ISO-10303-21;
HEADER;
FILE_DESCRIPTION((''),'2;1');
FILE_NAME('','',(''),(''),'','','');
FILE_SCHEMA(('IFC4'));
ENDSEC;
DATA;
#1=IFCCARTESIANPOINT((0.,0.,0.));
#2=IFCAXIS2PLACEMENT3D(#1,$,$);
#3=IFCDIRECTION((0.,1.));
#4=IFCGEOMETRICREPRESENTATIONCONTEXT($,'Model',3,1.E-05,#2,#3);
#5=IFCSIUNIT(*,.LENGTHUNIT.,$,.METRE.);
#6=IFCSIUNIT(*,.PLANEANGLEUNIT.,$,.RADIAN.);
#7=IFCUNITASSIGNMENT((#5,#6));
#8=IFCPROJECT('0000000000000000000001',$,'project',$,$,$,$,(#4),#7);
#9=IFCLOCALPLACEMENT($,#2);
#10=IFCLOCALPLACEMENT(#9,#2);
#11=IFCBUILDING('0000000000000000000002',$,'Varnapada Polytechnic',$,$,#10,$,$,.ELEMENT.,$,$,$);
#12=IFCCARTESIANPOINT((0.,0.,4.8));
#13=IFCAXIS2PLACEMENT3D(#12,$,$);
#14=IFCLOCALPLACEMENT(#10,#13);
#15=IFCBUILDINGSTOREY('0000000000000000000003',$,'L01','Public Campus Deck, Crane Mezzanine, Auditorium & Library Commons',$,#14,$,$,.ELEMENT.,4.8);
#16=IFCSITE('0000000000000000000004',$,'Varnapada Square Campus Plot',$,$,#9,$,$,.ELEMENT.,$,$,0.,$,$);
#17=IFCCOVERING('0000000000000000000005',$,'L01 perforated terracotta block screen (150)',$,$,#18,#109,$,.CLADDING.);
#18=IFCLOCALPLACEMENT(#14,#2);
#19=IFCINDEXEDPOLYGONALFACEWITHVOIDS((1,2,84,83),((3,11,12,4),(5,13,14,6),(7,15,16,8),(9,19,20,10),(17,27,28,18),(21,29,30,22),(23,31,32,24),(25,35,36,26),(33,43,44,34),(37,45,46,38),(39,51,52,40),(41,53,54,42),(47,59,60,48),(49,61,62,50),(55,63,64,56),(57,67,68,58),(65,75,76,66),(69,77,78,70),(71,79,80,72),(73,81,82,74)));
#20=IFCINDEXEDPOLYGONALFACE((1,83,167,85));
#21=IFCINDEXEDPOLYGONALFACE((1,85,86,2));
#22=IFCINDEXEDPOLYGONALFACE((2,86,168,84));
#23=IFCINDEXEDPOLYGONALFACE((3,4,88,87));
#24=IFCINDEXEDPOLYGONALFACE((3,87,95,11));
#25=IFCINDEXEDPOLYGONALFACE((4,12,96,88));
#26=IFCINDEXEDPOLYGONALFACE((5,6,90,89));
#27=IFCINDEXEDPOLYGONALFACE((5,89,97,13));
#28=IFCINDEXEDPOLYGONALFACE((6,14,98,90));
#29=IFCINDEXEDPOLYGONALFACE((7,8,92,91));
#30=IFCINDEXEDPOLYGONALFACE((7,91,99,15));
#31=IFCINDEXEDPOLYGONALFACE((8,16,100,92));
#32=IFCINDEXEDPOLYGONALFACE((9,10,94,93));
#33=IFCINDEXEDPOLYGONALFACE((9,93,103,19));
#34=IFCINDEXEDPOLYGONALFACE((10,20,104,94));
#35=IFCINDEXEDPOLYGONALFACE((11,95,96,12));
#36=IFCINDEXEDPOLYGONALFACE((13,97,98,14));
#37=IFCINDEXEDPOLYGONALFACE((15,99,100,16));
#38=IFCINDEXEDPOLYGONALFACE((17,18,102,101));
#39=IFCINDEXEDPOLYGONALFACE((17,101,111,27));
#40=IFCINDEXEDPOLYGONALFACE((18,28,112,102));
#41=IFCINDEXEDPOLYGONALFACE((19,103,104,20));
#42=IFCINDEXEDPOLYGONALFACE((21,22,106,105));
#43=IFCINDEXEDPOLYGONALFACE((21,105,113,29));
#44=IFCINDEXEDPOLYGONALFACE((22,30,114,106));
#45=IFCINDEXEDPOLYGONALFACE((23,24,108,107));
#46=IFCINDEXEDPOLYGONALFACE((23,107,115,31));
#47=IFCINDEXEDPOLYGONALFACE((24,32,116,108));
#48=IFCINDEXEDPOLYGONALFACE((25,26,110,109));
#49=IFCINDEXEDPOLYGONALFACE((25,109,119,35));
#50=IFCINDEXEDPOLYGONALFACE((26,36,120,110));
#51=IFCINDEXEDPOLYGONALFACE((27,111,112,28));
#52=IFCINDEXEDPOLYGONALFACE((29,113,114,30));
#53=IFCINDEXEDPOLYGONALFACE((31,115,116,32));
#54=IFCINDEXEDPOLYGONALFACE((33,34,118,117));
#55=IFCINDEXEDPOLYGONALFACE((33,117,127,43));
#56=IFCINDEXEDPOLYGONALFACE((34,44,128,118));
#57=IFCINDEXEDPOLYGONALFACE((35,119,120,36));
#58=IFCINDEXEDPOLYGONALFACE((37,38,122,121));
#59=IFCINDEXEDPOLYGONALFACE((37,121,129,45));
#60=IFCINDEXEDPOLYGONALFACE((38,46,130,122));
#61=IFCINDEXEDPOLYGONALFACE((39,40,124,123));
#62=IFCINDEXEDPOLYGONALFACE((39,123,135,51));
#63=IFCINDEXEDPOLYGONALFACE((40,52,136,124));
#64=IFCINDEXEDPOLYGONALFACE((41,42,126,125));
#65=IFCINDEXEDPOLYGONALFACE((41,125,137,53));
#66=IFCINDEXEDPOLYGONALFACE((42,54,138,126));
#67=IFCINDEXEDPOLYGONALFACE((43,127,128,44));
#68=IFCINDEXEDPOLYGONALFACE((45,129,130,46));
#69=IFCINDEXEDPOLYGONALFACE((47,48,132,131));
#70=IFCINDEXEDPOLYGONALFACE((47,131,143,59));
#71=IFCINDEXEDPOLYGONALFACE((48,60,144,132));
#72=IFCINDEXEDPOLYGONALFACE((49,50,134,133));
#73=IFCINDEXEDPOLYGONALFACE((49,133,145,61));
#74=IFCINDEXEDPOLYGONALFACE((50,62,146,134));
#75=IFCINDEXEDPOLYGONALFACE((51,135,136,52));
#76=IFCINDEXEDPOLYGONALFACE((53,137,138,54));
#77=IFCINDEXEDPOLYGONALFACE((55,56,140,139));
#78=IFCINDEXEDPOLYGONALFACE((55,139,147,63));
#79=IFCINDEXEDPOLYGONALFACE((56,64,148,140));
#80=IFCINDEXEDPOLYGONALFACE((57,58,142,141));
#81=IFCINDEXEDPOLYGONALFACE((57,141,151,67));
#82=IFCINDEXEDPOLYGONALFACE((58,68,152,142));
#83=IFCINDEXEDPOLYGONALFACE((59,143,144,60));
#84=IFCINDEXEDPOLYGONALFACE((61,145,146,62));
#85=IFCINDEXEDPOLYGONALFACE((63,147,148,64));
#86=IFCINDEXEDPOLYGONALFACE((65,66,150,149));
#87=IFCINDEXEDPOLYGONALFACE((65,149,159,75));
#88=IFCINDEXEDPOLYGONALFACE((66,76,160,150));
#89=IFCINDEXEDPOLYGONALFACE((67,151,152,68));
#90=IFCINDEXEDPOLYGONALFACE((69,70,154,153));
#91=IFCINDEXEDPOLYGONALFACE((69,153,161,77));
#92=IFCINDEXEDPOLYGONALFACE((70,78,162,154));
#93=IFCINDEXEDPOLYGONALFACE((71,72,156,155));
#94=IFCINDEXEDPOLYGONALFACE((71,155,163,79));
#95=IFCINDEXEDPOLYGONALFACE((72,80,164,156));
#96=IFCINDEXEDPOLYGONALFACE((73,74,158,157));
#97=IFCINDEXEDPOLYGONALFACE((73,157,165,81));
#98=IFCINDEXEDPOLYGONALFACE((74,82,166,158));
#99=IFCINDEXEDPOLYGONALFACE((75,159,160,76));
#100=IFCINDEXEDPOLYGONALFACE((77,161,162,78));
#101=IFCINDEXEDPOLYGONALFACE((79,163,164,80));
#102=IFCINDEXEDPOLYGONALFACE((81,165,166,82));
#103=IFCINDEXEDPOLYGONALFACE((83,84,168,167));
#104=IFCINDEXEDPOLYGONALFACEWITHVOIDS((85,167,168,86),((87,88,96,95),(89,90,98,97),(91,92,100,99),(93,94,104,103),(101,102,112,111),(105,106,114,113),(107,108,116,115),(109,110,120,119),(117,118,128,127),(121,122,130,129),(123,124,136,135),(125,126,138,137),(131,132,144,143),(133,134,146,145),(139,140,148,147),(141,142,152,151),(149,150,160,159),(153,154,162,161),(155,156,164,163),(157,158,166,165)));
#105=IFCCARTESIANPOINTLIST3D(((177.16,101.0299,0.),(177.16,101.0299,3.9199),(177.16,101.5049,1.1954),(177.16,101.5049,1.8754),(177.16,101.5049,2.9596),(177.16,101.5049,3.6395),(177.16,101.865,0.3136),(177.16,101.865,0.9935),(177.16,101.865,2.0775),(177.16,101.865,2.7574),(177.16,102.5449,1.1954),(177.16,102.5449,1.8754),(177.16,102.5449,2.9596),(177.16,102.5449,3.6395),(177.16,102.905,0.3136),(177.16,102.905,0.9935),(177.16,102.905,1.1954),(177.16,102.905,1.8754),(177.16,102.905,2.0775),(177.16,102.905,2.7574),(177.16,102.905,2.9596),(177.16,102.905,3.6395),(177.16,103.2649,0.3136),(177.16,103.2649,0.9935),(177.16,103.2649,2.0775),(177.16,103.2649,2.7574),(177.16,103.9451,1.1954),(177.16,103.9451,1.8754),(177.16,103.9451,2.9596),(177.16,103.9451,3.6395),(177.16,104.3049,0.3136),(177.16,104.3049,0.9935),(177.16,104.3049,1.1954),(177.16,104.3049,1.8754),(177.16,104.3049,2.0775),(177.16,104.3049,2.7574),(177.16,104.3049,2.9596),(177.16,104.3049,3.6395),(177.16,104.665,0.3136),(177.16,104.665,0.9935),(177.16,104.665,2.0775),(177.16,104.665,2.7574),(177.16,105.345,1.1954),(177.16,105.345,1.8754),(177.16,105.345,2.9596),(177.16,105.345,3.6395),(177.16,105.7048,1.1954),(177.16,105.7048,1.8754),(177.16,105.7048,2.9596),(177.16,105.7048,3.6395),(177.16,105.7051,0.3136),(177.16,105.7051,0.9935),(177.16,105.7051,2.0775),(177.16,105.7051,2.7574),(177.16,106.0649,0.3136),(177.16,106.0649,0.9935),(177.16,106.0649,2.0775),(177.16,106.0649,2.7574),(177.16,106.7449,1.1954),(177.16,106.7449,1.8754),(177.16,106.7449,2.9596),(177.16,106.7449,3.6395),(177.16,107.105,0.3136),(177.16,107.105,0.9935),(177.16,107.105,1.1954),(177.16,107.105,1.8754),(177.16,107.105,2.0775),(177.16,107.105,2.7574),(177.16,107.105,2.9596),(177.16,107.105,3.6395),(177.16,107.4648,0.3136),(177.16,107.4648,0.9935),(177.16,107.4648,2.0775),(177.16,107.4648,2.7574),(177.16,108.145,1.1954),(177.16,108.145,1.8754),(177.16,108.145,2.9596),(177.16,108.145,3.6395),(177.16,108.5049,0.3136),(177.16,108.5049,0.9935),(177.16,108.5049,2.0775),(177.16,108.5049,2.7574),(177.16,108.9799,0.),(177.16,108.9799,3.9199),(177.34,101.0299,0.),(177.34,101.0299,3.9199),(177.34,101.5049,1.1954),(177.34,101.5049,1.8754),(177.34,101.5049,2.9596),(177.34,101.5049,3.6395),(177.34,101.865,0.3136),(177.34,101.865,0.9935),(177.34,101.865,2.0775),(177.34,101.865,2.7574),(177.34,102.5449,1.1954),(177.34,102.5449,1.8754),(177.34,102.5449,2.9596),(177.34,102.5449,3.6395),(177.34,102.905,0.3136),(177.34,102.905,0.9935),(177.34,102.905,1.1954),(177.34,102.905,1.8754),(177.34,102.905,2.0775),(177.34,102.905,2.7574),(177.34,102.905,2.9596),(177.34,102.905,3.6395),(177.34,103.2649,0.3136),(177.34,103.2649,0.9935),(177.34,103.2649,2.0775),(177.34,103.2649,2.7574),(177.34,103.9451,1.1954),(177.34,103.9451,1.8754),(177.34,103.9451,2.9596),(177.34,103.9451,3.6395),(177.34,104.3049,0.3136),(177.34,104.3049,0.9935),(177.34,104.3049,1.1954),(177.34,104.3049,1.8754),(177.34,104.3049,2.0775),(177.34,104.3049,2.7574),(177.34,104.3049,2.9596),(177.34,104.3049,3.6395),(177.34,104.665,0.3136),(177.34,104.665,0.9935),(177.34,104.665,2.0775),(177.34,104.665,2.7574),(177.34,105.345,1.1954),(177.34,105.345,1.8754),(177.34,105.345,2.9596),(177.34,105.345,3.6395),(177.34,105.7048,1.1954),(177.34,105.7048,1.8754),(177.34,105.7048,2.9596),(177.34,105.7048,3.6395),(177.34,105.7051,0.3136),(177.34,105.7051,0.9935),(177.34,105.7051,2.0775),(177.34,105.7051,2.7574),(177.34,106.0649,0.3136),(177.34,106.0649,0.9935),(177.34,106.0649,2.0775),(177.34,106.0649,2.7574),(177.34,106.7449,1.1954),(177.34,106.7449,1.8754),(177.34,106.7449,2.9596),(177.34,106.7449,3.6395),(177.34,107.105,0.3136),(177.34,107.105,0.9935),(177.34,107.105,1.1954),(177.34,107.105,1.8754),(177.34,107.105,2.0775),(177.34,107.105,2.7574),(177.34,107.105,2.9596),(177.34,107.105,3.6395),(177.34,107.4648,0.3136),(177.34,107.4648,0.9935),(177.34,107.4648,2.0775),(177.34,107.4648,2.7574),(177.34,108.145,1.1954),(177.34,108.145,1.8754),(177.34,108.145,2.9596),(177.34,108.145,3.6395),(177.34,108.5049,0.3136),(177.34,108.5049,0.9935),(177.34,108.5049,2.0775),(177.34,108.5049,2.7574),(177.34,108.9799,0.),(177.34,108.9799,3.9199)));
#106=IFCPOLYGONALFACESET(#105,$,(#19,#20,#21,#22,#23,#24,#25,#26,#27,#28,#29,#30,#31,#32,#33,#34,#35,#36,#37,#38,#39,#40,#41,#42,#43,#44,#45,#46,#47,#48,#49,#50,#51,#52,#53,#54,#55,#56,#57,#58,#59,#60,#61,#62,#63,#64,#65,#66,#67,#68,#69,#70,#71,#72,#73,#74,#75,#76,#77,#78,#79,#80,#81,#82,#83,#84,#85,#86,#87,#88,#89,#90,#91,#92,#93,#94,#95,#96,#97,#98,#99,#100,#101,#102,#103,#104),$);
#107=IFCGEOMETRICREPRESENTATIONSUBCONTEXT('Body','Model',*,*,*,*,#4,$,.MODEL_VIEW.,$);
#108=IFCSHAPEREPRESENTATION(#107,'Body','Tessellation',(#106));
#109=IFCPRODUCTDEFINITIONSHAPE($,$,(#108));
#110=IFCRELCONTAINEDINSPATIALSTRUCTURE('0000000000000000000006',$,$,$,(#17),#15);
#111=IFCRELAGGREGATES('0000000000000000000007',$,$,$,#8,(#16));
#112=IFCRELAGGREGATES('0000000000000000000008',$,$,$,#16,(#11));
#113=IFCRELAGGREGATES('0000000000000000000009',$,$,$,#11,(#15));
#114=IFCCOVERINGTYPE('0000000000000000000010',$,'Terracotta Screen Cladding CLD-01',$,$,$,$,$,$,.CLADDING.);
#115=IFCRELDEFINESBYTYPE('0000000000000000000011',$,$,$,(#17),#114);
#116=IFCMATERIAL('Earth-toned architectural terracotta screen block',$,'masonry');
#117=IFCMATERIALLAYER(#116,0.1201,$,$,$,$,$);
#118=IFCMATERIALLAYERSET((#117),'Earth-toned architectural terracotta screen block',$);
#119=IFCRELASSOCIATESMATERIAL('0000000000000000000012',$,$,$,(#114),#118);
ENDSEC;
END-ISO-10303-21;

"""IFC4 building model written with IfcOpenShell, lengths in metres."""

from ifc_helpers import new_model, si_unit, direction, frame, frame_2d, origin, place, context, subcontext, project, spatial, rectangle, extrude, material, layer, layer_set, type_object, element, save


model = new_model("IFC4")

# Units and contexts
model_context = context("Model", 3, precision=1e-05, world=origin(), true_north=direction((0.0, 1.0)))
body_context = subcontext(model_context, "Body", "Model", "MODEL_VIEW")
ifc_project = project(units=[si_unit("LENGTHUNIT", "METRE"), si_unit("PLANEANGLEUNIT", "RADIAN")], contexts=[model_context])

# Site, building, storey
site_placement = place(None, origin())
site = spatial("IfcSite", under=ifc_project, at=site_placement, Name="Varnapada Square Campus Plot", CompositionType="ELEMENT", RefElevation=0.0)
building_placement = place(site_placement, origin())
building = spatial("IfcBuilding", under=site, at=building_placement, Name="Varnapada Polytechnic", CompositionType="ELEMENT")
storey_placement = place(building_placement, frame((0.0, 0.0, 4.8)))
storey = spatial("IfcBuildingStorey", under=building, at=storey_placement, Name="L01", Description="Public Campus Deck, Crane Mezzanine, Auditorium & Library Commons", CompositionType="ELEMENT", Elevation=4.8)

# Covering, openings
ifc_material_1 = material(Name="Earth-toned architectural terracotta screen block", Category="masonry")
ifc_layer_1 = layer(ifc_material_1, 0.1201)
ifc_layer_set_1 = layer_set([ifc_layer_1], Name="Earth-toned architectural terracotta screen block")
covering_type = type_object("IfcCoveringType", Name="Terracotta Screen Cladding CLD-01", PredefinedType="CLADDING", material=ifc_layer_set_1)
covering_placement = place(storey_placement, frame((177.25, 108.98, 0.0), z_axis=(0.0, 0.0, 1.0), x_axis=(0.0, -1.0, 0.0)))
covering = element("IfcCovering", 1, at=covering_placement, inside=storey, type_object=covering_type, Name="L01 perforated terracotta block screen (150)", PredefinedType="CLADDING", context=body_context, shape_type="SweptSolid", body=[
    extrude(rectangle(XDim=7.95, YDim=0.1799, at=frame_2d((3.9751, 0.0))), origin(), (0.0, 0.0, 1.0), 3.9199),
])
opening_1_placement = place(covering_placement, frame((0.4751, 0.0, 0.3137)))
element("IfcOpeningElement", 2, at=opening_1_placement, cuts=covering, PredefinedType="OPENING", context=body_context, shape_type="SweptSolid", body=[
    extrude(rectangle(XDim=1.04, YDim=0.6799, at=frame_2d((0.52, 0.3398))), frame((0.0, 0.0999, 0.0), z_axis=(0.0, -1.0, 0.0), x_axis=(1.0, 0.0, 0.0)), (0.0, 0.0, 1.0), 0.2),
])
opening_2_placement = place(covering_placement, frame((1.875, 0.0, 0.3137)))
element("IfcOpeningElement", 3, at=opening_2_placement, cuts=covering, PredefinedType="OPENING", context=body_context, shape_type="SweptSolid", body=[
    extrude(rectangle(XDim=1.04, YDim=0.6799, at=frame_2d((0.52, 0.3398))), frame((0.0, 0.0999, 0.0), z_axis=(0.0, -1.0, 0.0), x_axis=(1.0, 0.0, 0.0)), (0.0, 0.0, 1.0), 0.2),
])
opening_3_placement = place(covering_placement, frame((3.2749, 0.0, 0.3137)))
element("IfcOpeningElement", 4, at=opening_3_placement, cuts=covering, PredefinedType="OPENING", context=body_context, shape_type="SweptSolid", body=[
    extrude(rectangle(XDim=1.04, YDim=0.6799, at=frame_2d((0.52, 0.3398))), frame((0.0, 0.0999, 0.0), z_axis=(0.0, -1.0, 0.0), x_axis=(1.0, 0.0, 0.0)), (0.0, 0.0, 1.0), 0.2),
])
opening_4_placement = place(covering_placement, frame((4.675, 0.0, 0.3137)))
element("IfcOpeningElement", 5, at=opening_4_placement, cuts=covering, PredefinedType="OPENING", context=body_context, shape_type="SweptSolid", body=[
    extrude(rectangle(XDim=1.04, YDim=0.6799, at=frame_2d((0.52, 0.3398))), frame((0.0, 0.0999, 0.0), z_axis=(0.0, -1.0, 0.0), x_axis=(1.0, 0.0, 0.0)), (0.0, 0.0, 1.0), 0.2),
])
opening_5_placement = place(covering_placement, frame((6.075, 0.0, 0.3137)))
element("IfcOpeningElement", 6, at=opening_5_placement, cuts=covering, PredefinedType="OPENING", context=body_context, shape_type="SweptSolid", body=[
    extrude(rectangle(XDim=1.04, YDim=0.6799, at=frame_2d((0.52, 0.3398))), frame((0.0, 0.0999, 0.0), z_axis=(0.0, -1.0, 0.0), x_axis=(1.0, 0.0, 0.0)), (0.0, 0.0, 1.0), 0.2),
])
opening_6_placement = place(covering_placement, frame((0.835, 0.0, 1.1956)))
element("IfcOpeningElement", 7, at=opening_6_placement, cuts=covering, PredefinedType="OPENING", context=body_context, shape_type="SweptSolid", body=[
    extrude(rectangle(XDim=1.04, YDim=0.6799, at=frame_2d((0.52, 0.3398))), frame((0.0, 0.0999, 0.0), z_axis=(0.0, -1.0, 0.0), x_axis=(1.0, 0.0, 0.0)), (0.0, 0.0, 1.0), 0.2),
])
opening_7_placement = place(covering_placement, frame((2.2351, 0.0, 1.1956)))
element("IfcOpeningElement", 8, at=opening_7_placement, cuts=covering, PredefinedType="OPENING", context=body_context, shape_type="SweptSolid", body=[
    extrude(rectangle(XDim=1.04, YDim=0.6799, at=frame_2d((0.52, 0.3398))), frame((0.0, 0.0999, 0.0), z_axis=(0.0, -1.0, 0.0), x_axis=(1.0, 0.0, 0.0)), (0.0, 0.0, 1.0), 0.2),
])
opening_8_placement = place(covering_placement, frame((3.635, 0.0, 1.1956)))
element("IfcOpeningElement", 9, at=opening_8_placement, cuts=covering, PredefinedType="OPENING", context=body_context, shape_type="SweptSolid", body=[
    extrude(rectangle(XDim=1.04, YDim=0.6799, at=frame_2d((0.52, 0.3398))), frame((0.0, 0.0999, 0.0), z_axis=(0.0, -1.0, 0.0), x_axis=(1.0, 0.0, 0.0)), (0.0, 0.0, 1.0), 0.2),
])
opening_9_placement = place(covering_placement, frame((5.0349, 0.0, 1.1956)))
element("IfcOpeningElement", 10, at=opening_9_placement, cuts=covering, PredefinedType="OPENING", context=body_context, shape_type="SweptSolid", body=[
    extrude(rectangle(XDim=1.04, YDim=0.6799, at=frame_2d((0.52, 0.3398))), frame((0.0, 0.0999, 0.0), z_axis=(0.0, -1.0, 0.0), x_axis=(1.0, 0.0, 0.0)), (0.0, 0.0, 1.0), 0.2),
])
opening_10_placement = place(covering_placement, frame((6.4351, 0.0, 1.1956)))
element("IfcOpeningElement", 11, at=opening_10_placement, cuts=covering, PredefinedType="OPENING", context=body_context, shape_type="SweptSolid", body=[
    extrude(rectangle(XDim=1.04, YDim=0.6799, at=frame_2d((0.52, 0.3398))), frame((0.0, 0.0999, 0.0), z_axis=(0.0, -1.0, 0.0), x_axis=(1.0, 0.0, 0.0)), (0.0, 0.0, 1.0), 0.2),
])
opening_11_placement = place(covering_placement, frame((0.4751, 0.0, 2.0776)))
element("IfcOpeningElement", 12, at=opening_11_placement, cuts=covering, PredefinedType="OPENING", context=body_context, shape_type="SweptSolid", body=[
    extrude(rectangle(XDim=1.04, YDim=0.6799, at=frame_2d((0.52, 0.3398))), frame((0.0, 0.0999, 0.0), z_axis=(0.0, -1.0, 0.0), x_axis=(1.0, 0.0, 0.0)), (0.0, 0.0, 1.0), 0.2),
])
opening_12_placement = place(covering_placement, frame((1.875, 0.0, 2.0776)))
element("IfcOpeningElement", 13, at=opening_12_placement, cuts=covering, PredefinedType="OPENING", context=body_context, shape_type="SweptSolid", body=[
    extrude(rectangle(XDim=1.04, YDim=0.6799, at=frame_2d((0.52, 0.3398))), frame((0.0, 0.0999, 0.0), z_axis=(0.0, -1.0, 0.0), x_axis=(1.0, 0.0, 0.0)), (0.0, 0.0, 1.0), 0.2),
])
opening_13_placement = place(covering_placement, frame((3.2749, 0.0, 2.0776)))
element("IfcOpeningElement", 14, at=opening_13_placement, cuts=covering, PredefinedType="OPENING", context=body_context, shape_type="SweptSolid", body=[
    extrude(rectangle(XDim=1.04, YDim=0.6799, at=frame_2d((0.52, 0.3398))), frame((0.0, 0.0999, 0.0), z_axis=(0.0, -1.0, 0.0), x_axis=(1.0, 0.0, 0.0)), (0.0, 0.0, 1.0), 0.2),
])
opening_14_placement = place(covering_placement, frame((4.675, 0.0, 2.0776)))
element("IfcOpeningElement", 15, at=opening_14_placement, cuts=covering, PredefinedType="OPENING", context=body_context, shape_type="SweptSolid", body=[
    extrude(rectangle(XDim=1.04, YDim=0.6799, at=frame_2d((0.52, 0.3398))), frame((0.0, 0.0999, 0.0), z_axis=(0.0, -1.0, 0.0), x_axis=(1.0, 0.0, 0.0)), (0.0, 0.0, 1.0), 0.2),
])
opening_15_placement = place(covering_placement, frame((6.075, 0.0, 2.0776)))
element("IfcOpeningElement", 16, at=opening_15_placement, cuts=covering, PredefinedType="OPENING", context=body_context, shape_type="SweptSolid", body=[
    extrude(rectangle(XDim=1.04, YDim=0.6799, at=frame_2d((0.52, 0.3398))), frame((0.0, 0.0999, 0.0), z_axis=(0.0, -1.0, 0.0), x_axis=(1.0, 0.0, 0.0)), (0.0, 0.0, 1.0), 0.2),
])
opening_16_placement = place(covering_placement, frame((0.835, 0.0, 2.9597)))
element("IfcOpeningElement", 17, at=opening_16_placement, cuts=covering, PredefinedType="OPENING", context=body_context, shape_type="SweptSolid", body=[
    extrude(rectangle(XDim=1.04, YDim=0.6799, at=frame_2d((0.52, 0.3398))), frame((0.0, 0.0999, 0.0), z_axis=(0.0, -1.0, 0.0), x_axis=(1.0, 0.0, 0.0)), (0.0, 0.0, 1.0), 0.2),
])
opening_17_placement = place(covering_placement, frame((2.2351, 0.0, 2.9597)))
element("IfcOpeningElement", 18, at=opening_17_placement, cuts=covering, PredefinedType="OPENING", context=body_context, shape_type="SweptSolid", body=[
    extrude(rectangle(XDim=1.04, YDim=0.6799, at=frame_2d((0.52, 0.3398))), frame((0.0, 0.0999, 0.0), z_axis=(0.0, -1.0, 0.0), x_axis=(1.0, 0.0, 0.0)), (0.0, 0.0, 1.0), 0.2),
])
opening_18_placement = place(covering_placement, frame((3.635, 0.0, 2.9597)))
element("IfcOpeningElement", 19, at=opening_18_placement, cuts=covering, PredefinedType="OPENING", context=body_context, shape_type="SweptSolid", body=[
    extrude(rectangle(XDim=1.04, YDim=0.6799, at=frame_2d((0.52, 0.3398))), frame((0.0, 0.0999, 0.0), z_axis=(0.0, -1.0, 0.0), x_axis=(1.0, 0.0, 0.0)), (0.0, 0.0, 1.0), 0.2),
])
opening_19_placement = place(covering_placement, frame((5.0349, 0.0, 2.9597)))
element("IfcOpeningElement", 20, at=opening_19_placement, cuts=covering, PredefinedType="OPENING", context=body_context, shape_type="SweptSolid", body=[
    extrude(rectangle(XDim=1.04, YDim=0.6799, at=frame_2d((0.52, 0.3398))), frame((0.0, 0.0999, 0.0), z_axis=(0.0, -1.0, 0.0), x_axis=(1.0, 0.0, 0.0)), (0.0, 0.0, 1.0), 0.2),
])
opening_20_placement = place(covering_placement, frame((6.4351, 0.0, 2.9597)))
element("IfcOpeningElement", 21, at=opening_20_placement, cuts=covering, PredefinedType="OPENING", context=body_context, shape_type="SweptSolid", body=[
    extrude(rectangle(XDim=1.04, YDim=0.6799, at=frame_2d((0.52, 0.3398))), frame((0.0, 0.0999, 0.0), z_axis=(0.0, -1.0, 0.0), x_axis=(1.0, 0.0, 0.0)), (0.0, 0.0, 1.0), 0.2),
])

save(model, "model.ifc")
